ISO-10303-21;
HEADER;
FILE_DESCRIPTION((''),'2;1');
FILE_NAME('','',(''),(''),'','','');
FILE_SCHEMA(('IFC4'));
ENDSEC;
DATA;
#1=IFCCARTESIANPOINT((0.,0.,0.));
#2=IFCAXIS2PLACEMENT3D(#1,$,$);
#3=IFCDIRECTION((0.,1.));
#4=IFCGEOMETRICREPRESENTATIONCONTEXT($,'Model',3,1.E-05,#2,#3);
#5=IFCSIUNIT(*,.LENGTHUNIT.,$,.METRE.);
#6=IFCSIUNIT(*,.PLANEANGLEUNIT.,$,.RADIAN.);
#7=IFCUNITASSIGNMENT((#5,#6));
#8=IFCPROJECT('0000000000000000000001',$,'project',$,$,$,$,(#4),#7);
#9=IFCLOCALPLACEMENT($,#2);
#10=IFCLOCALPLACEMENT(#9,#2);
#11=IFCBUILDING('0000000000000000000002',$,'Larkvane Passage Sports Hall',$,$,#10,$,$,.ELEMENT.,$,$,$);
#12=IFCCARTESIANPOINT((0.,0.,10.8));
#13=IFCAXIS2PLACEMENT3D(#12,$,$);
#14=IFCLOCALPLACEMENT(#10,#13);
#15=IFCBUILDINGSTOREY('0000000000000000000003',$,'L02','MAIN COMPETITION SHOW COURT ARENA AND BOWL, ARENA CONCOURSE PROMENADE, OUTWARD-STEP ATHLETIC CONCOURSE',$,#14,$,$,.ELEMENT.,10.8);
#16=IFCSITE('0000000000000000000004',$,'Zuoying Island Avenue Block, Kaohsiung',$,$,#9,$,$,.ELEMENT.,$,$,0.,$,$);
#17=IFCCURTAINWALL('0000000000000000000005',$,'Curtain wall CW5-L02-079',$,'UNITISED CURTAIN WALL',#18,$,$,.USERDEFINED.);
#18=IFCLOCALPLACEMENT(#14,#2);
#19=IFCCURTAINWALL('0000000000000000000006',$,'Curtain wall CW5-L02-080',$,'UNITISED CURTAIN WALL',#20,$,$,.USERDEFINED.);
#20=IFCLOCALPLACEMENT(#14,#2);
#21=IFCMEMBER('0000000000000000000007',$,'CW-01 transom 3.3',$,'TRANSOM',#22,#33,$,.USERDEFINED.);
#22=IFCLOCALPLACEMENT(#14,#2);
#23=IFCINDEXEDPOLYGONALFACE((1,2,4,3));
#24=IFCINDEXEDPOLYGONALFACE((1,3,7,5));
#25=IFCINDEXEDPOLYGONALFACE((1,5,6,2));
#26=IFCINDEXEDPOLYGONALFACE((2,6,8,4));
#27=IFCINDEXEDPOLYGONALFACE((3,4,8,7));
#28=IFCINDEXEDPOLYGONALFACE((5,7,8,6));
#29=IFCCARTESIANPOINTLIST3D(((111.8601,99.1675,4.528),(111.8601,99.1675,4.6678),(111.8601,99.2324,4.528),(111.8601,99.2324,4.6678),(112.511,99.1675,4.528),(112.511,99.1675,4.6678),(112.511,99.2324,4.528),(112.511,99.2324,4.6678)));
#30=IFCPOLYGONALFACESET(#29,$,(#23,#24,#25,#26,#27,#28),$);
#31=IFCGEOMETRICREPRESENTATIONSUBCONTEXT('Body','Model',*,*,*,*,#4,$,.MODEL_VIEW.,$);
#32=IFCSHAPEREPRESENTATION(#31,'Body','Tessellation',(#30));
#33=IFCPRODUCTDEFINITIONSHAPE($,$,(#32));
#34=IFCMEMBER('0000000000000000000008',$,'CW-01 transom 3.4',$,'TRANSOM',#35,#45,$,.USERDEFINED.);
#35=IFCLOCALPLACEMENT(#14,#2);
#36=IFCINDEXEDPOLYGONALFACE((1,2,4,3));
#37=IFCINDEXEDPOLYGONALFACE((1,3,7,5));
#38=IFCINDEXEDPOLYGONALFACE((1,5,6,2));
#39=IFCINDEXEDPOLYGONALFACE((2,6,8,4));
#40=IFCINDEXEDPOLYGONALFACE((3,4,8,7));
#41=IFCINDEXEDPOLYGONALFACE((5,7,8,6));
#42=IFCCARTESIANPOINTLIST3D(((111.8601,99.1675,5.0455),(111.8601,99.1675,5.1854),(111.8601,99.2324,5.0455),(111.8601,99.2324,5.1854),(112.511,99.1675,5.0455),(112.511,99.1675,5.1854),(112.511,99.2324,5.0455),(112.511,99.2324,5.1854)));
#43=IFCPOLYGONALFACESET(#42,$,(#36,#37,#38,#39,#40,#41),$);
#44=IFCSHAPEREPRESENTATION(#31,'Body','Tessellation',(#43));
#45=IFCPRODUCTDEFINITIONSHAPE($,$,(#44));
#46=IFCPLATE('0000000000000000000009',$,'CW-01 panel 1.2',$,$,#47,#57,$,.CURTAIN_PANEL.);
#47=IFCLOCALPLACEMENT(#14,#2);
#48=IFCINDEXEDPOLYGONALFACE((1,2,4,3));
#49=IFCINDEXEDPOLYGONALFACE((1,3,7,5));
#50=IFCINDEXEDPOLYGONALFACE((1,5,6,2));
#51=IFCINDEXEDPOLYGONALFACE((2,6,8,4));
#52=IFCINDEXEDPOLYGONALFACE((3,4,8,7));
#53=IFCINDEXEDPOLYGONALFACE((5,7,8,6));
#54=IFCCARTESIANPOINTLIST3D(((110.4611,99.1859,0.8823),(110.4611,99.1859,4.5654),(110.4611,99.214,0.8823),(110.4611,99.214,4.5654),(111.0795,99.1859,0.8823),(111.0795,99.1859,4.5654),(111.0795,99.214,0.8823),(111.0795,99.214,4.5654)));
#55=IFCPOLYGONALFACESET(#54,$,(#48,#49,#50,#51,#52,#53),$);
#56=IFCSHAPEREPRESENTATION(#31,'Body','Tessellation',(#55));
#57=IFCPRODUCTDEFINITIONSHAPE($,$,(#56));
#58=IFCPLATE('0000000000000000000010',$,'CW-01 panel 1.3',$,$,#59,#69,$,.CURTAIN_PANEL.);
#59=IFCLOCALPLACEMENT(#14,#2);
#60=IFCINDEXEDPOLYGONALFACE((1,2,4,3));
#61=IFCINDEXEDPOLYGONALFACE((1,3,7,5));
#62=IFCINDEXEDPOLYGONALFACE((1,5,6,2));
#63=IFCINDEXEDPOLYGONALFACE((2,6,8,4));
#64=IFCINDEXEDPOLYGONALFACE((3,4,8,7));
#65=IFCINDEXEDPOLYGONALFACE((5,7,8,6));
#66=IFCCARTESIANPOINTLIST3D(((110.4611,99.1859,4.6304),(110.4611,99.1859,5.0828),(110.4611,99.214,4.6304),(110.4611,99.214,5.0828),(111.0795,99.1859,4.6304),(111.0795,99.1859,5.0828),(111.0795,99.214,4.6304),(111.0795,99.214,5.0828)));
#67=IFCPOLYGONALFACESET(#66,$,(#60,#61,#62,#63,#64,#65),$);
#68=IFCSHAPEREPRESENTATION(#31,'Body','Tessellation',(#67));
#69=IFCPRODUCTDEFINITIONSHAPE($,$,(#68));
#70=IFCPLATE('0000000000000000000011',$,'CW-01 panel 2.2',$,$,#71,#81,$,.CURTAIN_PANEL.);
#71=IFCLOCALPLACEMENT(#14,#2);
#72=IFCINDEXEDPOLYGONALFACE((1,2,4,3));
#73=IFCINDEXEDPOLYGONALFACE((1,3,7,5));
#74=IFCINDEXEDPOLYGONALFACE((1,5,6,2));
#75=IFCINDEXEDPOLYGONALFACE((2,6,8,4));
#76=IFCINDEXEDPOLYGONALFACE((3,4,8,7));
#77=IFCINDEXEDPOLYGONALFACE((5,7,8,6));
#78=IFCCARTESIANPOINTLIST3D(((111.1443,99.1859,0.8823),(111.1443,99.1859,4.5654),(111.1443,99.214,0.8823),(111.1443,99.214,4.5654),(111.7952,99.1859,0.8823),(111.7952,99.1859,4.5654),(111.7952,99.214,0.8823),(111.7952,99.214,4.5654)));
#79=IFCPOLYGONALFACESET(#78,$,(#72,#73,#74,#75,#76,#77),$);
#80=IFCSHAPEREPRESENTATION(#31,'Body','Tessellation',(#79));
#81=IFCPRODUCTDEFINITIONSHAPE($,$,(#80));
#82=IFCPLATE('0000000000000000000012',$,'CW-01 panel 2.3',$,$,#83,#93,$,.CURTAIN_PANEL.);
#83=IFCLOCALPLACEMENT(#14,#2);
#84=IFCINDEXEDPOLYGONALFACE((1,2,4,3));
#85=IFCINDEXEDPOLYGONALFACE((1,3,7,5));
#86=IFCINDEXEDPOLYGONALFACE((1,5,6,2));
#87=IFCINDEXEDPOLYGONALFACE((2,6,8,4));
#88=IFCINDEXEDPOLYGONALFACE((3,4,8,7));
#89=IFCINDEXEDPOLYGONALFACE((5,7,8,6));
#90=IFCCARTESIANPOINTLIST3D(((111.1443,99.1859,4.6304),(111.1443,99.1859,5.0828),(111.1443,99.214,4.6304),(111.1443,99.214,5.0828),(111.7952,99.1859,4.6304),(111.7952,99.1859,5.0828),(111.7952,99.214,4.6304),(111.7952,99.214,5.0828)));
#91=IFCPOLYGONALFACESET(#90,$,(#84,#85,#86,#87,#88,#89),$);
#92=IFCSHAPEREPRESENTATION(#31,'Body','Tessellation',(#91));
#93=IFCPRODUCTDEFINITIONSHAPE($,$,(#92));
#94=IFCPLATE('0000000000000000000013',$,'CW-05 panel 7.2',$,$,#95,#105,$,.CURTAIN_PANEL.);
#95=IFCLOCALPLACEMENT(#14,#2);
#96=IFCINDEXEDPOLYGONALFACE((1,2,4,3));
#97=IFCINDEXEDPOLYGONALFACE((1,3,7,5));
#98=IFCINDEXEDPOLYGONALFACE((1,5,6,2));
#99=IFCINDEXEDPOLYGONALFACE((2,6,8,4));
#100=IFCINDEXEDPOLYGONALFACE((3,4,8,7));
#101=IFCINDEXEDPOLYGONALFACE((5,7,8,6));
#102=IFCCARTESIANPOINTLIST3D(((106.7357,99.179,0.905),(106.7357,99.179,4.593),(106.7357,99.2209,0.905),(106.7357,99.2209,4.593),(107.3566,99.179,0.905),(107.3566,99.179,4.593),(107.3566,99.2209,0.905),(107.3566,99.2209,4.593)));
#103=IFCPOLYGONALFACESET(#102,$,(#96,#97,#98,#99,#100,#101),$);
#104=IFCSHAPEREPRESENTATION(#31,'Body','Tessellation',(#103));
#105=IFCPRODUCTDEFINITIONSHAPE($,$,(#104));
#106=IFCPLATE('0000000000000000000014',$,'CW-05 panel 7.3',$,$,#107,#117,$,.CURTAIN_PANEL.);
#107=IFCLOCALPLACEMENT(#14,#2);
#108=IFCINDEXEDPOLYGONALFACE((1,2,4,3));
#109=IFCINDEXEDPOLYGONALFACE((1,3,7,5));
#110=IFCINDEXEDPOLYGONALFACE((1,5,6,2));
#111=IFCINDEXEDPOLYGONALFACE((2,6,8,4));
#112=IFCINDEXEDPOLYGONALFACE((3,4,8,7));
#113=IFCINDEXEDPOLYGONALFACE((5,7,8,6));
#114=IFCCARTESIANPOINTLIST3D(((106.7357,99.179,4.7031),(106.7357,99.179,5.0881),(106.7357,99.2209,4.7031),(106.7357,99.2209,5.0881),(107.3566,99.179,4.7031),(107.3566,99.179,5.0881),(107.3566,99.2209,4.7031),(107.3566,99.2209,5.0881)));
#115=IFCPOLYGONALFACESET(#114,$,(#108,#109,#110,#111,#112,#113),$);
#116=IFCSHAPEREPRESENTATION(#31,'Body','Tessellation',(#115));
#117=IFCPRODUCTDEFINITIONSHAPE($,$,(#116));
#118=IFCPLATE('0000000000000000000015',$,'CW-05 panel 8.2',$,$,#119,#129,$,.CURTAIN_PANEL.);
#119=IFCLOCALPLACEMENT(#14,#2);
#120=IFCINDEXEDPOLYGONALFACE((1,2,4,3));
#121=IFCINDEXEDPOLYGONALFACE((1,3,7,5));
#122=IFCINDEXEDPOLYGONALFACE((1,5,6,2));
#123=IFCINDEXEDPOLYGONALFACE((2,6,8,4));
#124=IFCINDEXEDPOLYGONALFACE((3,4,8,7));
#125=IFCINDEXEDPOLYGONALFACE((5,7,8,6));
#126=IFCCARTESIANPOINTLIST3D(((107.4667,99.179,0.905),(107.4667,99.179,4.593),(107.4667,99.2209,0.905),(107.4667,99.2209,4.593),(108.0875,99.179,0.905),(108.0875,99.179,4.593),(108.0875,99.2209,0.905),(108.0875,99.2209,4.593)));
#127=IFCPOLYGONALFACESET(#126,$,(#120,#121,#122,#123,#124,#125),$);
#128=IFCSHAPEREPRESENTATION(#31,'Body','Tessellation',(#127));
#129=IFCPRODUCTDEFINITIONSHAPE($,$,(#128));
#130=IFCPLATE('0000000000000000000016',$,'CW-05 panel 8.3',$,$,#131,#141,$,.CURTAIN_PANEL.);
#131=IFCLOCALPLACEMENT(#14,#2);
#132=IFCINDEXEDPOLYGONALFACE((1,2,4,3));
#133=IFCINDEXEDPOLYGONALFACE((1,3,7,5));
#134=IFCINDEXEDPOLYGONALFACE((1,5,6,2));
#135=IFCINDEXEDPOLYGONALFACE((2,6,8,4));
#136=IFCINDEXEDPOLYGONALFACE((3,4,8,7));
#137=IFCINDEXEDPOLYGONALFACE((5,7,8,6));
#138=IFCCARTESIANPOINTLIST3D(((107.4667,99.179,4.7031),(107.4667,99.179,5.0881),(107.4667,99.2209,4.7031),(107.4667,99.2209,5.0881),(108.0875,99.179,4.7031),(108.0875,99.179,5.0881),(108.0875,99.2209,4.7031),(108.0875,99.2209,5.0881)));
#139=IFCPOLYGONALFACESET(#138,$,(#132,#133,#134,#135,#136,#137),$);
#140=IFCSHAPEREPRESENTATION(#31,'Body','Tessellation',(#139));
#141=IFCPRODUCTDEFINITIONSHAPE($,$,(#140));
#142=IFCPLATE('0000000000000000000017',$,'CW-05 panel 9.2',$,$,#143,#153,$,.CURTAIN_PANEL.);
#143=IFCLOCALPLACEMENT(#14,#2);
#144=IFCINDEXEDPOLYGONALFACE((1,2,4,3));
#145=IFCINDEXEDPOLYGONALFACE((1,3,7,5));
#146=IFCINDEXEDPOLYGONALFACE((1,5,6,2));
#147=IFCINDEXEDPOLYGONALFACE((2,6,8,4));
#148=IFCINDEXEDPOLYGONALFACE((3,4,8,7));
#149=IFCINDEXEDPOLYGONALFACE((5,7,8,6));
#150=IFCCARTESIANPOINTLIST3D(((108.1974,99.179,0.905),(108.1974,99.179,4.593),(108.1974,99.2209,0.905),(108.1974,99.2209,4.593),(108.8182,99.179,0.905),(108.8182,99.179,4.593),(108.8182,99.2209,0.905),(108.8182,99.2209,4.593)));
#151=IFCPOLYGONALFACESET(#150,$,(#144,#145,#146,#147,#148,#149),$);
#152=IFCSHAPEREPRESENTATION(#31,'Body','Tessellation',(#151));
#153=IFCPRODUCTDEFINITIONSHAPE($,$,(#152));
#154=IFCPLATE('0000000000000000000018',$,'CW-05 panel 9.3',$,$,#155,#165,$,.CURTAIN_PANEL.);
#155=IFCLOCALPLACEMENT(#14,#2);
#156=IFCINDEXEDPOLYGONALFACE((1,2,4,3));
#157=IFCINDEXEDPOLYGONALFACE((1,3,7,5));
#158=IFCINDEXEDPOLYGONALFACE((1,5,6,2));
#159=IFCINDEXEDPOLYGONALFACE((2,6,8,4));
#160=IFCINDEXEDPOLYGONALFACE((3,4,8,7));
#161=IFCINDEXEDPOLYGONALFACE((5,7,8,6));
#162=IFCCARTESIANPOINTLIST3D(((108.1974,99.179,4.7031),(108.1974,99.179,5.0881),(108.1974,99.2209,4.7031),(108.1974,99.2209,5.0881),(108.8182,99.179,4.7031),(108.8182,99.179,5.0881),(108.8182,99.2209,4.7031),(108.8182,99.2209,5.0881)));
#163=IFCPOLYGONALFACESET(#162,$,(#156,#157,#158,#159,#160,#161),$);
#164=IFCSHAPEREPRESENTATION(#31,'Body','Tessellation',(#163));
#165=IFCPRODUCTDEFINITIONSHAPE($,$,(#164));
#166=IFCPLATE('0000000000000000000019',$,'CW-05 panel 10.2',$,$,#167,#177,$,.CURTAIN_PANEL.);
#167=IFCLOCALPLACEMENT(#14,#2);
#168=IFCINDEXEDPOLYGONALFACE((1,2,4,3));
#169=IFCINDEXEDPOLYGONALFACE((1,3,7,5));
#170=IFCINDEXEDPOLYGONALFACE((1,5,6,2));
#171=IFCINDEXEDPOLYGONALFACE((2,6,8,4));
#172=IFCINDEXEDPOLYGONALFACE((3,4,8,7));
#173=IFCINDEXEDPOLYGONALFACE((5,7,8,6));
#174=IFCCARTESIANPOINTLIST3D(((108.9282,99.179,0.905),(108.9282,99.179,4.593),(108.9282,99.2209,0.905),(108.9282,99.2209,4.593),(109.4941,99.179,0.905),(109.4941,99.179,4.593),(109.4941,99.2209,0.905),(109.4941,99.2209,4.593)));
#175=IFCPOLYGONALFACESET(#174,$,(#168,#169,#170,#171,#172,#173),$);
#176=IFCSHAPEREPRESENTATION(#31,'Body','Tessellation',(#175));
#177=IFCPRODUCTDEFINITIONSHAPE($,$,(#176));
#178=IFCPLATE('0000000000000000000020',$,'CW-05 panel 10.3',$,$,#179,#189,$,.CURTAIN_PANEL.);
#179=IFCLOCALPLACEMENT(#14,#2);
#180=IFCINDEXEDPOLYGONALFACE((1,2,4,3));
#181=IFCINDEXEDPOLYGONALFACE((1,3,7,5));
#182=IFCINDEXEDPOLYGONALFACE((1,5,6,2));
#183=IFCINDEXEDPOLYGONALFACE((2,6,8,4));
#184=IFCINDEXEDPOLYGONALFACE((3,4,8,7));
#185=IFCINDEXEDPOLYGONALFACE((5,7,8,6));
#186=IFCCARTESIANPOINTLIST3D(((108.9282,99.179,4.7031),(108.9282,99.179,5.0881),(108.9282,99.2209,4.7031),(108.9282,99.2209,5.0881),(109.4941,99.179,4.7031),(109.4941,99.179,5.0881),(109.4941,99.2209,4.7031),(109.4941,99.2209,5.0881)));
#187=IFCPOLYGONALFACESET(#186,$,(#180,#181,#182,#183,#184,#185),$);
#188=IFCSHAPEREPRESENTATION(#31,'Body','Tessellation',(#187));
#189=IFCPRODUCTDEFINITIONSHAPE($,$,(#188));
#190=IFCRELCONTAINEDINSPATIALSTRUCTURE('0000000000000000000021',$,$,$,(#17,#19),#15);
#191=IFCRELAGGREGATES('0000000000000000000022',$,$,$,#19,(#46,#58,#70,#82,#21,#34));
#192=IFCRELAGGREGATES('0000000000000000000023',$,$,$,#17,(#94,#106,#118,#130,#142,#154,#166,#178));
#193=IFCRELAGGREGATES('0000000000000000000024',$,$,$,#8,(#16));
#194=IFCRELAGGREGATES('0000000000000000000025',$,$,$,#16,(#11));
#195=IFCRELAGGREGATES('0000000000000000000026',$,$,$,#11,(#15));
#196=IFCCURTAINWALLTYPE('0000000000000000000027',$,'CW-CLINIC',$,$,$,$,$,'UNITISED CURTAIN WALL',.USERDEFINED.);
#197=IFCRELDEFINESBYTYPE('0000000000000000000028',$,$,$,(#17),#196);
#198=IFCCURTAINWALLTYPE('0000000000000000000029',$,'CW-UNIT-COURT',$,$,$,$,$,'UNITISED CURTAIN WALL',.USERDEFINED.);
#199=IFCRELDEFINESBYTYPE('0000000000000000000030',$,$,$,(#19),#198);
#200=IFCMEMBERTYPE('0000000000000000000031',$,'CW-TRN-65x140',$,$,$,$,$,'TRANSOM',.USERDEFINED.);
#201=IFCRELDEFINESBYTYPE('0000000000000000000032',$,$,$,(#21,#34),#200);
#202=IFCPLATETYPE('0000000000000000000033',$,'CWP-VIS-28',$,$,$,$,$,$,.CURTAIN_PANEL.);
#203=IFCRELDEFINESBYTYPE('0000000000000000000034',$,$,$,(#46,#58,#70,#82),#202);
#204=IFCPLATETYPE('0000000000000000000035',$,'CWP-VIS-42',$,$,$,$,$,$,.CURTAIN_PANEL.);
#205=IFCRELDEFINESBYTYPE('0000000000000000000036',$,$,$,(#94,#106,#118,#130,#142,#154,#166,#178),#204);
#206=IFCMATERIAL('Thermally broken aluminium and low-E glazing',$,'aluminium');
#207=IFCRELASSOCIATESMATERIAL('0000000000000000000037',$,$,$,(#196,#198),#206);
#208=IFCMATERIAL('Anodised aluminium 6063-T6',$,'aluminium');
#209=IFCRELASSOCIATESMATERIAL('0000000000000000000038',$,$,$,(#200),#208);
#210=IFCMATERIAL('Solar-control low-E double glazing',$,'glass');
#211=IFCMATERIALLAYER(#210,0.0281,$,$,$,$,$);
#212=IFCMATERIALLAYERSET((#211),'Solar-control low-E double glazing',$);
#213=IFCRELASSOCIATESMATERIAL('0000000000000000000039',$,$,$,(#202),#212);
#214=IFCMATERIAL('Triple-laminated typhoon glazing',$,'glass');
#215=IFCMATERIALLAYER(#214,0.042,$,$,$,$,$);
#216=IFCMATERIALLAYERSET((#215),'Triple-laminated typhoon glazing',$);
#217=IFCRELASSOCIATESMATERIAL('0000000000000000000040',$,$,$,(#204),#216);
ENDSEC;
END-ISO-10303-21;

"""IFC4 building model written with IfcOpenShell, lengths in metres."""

from ifc_helpers import new_model, si_unit, direction, frame, origin, origin_2d, place, context, subcontext, project, spatial, rectangle, extrude, material, layer, layer_set, material_profile, profile_set, type_object, element, aggregate, save


model = new_model("IFC4")

# Units and contexts
model_context = context("Model", 3, precision=1e-05, world=origin(), true_north=direction((0.0, 1.0)))
body_context = subcontext(model_context, "Body", "Model", "MODEL_VIEW")
ifc_project = project(units=[si_unit("LENGTHUNIT", "METRE"), si_unit("PLANEANGLEUNIT", "RADIAN")], contexts=[model_context])

# Site, building, storey
site_placement = place(None, origin())
site = spatial("IfcSite", under=ifc_project, at=site_placement, Name="Zuoying Island Avenue Block, Kaohsiung", CompositionType="ELEMENT", RefElevation=0.0)
building_placement = place(site_placement, origin())
building = spatial("IfcBuilding", under=site, at=building_placement, Name="Larkvane Passage Sports Hall", CompositionType="ELEMENT")
storey_placement = place(building_placement, frame((0.0, 0.0, 10.8)))
storey = spatial("IfcBuildingStorey", under=building, at=storey_placement, Name="L02", Description="MAIN COMPETITION SHOW COURT ARENA AND BOWL, ARENA CONCOURSE PROMENADE, OUTWARD-STEP ATHLETIC CONCOURSE", CompositionType="ELEMENT", Elevation=10.8)

# Curtain wall
ifc_material_1 = material(Name="Thermally broken aluminium and low-E glazing", Category="aluminium")
curtain_wall_type_1 = type_object("IfcCurtainWallType", Name="CW-CLINIC", ElementType="UNITISED CURTAIN WALL", PredefinedType="USERDEFINED", material=ifc_material_1)
curtain_wall_1_placement = place(storey_placement, origin())
curtain_wall_1 = element("IfcCurtainWall", 1, at=curtain_wall_1_placement, inside=storey, type_object=curtain_wall_type_1, Name="Curtain wall CW5-L02-079", ObjectType="UNITISED CURTAIN WALL", PredefinedType="USERDEFINED")
ifc_material_2 = material(Name="Anodised aluminium 6063-T6", Category="aluminium")

# Curtain wall, members, plates
curtain_wall_type_2 = type_object("IfcCurtainWallType", Name="CW-UNIT-COURT", ElementType="UNITISED CURTAIN WALL", PredefinedType="USERDEFINED", material=ifc_material_1)
curtain_wall_2_placement = place(storey_placement, origin())
curtain_wall_2 = element("IfcCurtainWall", 2, at=curtain_wall_2_placement, inside=storey, type_object=curtain_wall_type_2, Name="Curtain wall CW5-L02-080", ObjectType="UNITISED CURTAIN WALL", PredefinedType="USERDEFINED")
ifc_material_profile_1 = material_profile(ifc_material_2, rectangle(XDim=0.0649, YDim=0.1399, at=origin_2d()), Name="ALU-TRN-65x140")
ifc_profile_set_1 = profile_set([ifc_material_profile_1], Name="Anodised aluminium 6063-T6")
member_type_1 = type_object("IfcMemberType", Name="CW-TRN-65x140", ElementType="TRANSOM", PredefinedType="USERDEFINED", material=ifc_profile_set_1)
member_1_placement = place(storey_placement, frame((111.8601, 99.2, 4.5979), z_axis=(1.0, 0.0, 0.0), x_axis=(0.0, 1.0, 0.0)))
member_1 = element("IfcMember", 3, at=member_1_placement, type_object=member_type_1, Name="CW-01 transom 3.3", ObjectType="TRANSOM", PredefinedType="USERDEFINED", context=body_context, shape_type="SweptSolid", body=[
    extrude(rectangle(XDim=0.0649, YDim=0.1399, at=origin_2d()), origin(), (0.0, 0.0, 1.0), 0.6509),
])
member_2_placement = place(storey_placement, frame((111.8601, 99.2, 5.1155), z_axis=(1.0, 0.0, 0.0), x_axis=(0.0, 1.0, 0.0)))
member_2 = element("IfcMember", 4, at=member_2_placement, type_object=member_type_1, Name="CW-01 transom 3.4", ObjectType="TRANSOM", PredefinedType="USERDEFINED", context=body_context, shape_type="SweptSolid", body=[
    extrude(rectangle(XDim=0.0649, YDim=0.1399, at=origin_2d()), origin(), (0.0, 0.0, 1.0), 0.6509),
])
ifc_material_3 = material(Name="Solar-control low-E double glazing", Category="glass")
ifc_layer_1 = layer(ifc_material_3, 0.0281)
ifc_layer_set_1 = layer_set([ifc_layer_1], Name="Solar-control low-E double glazing")
plate_type_1 = type_object("IfcPlateType", Name="CWP-VIS-28", PredefinedType="CURTAIN_PANEL", material=ifc_layer_set_1)
plate_1_placement = place(storey_placement, frame((110.7703, 99.2, 0.8823), z_axis=(0.0, 0.0, 1.0), x_axis=(1.0, 0.0, 0.0)))
plate_1 = element("IfcPlate", 5, at=plate_1_placement, type_object=plate_type_1, Name="CW-01 panel 1.2", PredefinedType="CURTAIN_PANEL", context=body_context, shape_type="SweptSolid", body=[
    extrude(rectangle(XDim=0.6184, YDim=0.0281, at=origin_2d()), origin(), (0.0, 0.0, 1.0), 3.6831),
])
plate_2_placement = place(storey_placement, frame((110.7703, 99.2, 4.6304), z_axis=(0.0, 0.0, 1.0), x_axis=(1.0, 0.0, 0.0)))
plate_2 = element("IfcPlate", 6, at=plate_2_placement, type_object=plate_type_1, Name="CW-01 panel 1.3", PredefinedType="CURTAIN_PANEL", context=body_context, shape_type="SweptSolid", body=[
    extrude(rectangle(XDim=0.6184, YDim=0.0281, at=origin_2d()), origin(), (0.0, 0.0, 1.0), 0.4524),
])
plate_3_placement = place(storey_placement, frame((111.4697, 99.2, 0.8823), z_axis=(0.0, 0.0, 1.0), x_axis=(1.0, 0.0, 0.0)))
plate_3 = element("IfcPlate", 7, at=plate_3_placement, type_object=plate_type_1, Name="CW-01 panel 2.2", PredefinedType="CURTAIN_PANEL", context=body_context, shape_type="SweptSolid", body=[
    extrude(rectangle(XDim=0.6509, YDim=0.0281, at=origin_2d()), origin(), (0.0, 0.0, 1.0), 3.6831),
])
plate_4_placement = place(storey_placement, frame((111.4697, 99.2, 4.6304), z_axis=(0.0, 0.0, 1.0), x_axis=(1.0, 0.0, 0.0)))
plate_4 = element("IfcPlate", 8, at=plate_4_placement, type_object=plate_type_1, Name="CW-01 panel 2.3", PredefinedType="CURTAIN_PANEL", context=body_context, shape_type="SweptSolid", body=[
    extrude(rectangle(XDim=0.6509, YDim=0.0281, at=origin_2d()), origin(), (0.0, 0.0, 1.0), 0.4524),
])
aggregate(curtain_wall_2, [plate_1, plate_2, plate_3, plate_4, member_1, member_2])

# Plates
ifc_material_4 = material(Name="Triple-laminated typhoon glazing", Category="glass")
ifc_layer_2 = layer(ifc_material_4, 0.042)
ifc_layer_set_2 = layer_set([ifc_layer_2], Name="Triple-laminated typhoon glazing")
plate_type_2 = type_object("IfcPlateType", Name="CWP-VIS-42", PredefinedType="CURTAIN_PANEL", material=ifc_layer_set_2)
plate_5_placement = place(storey_placement, frame((107.0461, 99.2, 0.905), z_axis=(0.0, 0.0, 1.0), x_axis=(1.0, 0.0, 0.0)))
plate_5 = element("IfcPlate", 9, at=plate_5_placement, type_object=plate_type_2, Name="CW-05 panel 7.2", PredefinedType="CURTAIN_PANEL", context=body_context, shape_type="SweptSolid", body=[
    extrude(rectangle(XDim=0.6208, YDim=0.042, at=origin_2d()), origin(), (0.0, 0.0, 1.0), 3.688),
])
plate_6_placement = place(storey_placement, frame((107.0461, 99.2, 4.7031), z_axis=(0.0, 0.0, 1.0), x_axis=(1.0, 0.0, 0.0)))
plate_6 = element("IfcPlate", 10, at=plate_6_placement, type_object=plate_type_2, Name="CW-05 panel 7.3", PredefinedType="CURTAIN_PANEL", context=body_context, shape_type="SweptSolid", body=[
    extrude(rectangle(XDim=0.6208, YDim=0.042, at=origin_2d()), origin(), (0.0, 0.0, 1.0), 0.385),
])
plate_7_placement = place(storey_placement, frame((107.7771, 99.2, 0.905), z_axis=(0.0, 0.0, 1.0), x_axis=(1.0, 0.0, 0.0)))
plate_7 = element("IfcPlate", 11, at=plate_7_placement, type_object=plate_type_2, Name="CW-05 panel 8.2", PredefinedType="CURTAIN_PANEL", context=body_context, shape_type="SweptSolid", body=[
    extrude(rectangle(XDim=0.6208, YDim=0.042, at=origin_2d()), origin(), (0.0, 0.0, 1.0), 3.688),
])
plate_8_placement = place(storey_placement, frame((107.7771, 99.2, 4.7031), z_axis=(0.0, 0.0, 1.0), x_axis=(1.0, 0.0, 0.0)))
plate_8 = element("IfcPlate", 12, at=plate_8_placement, type_object=plate_type_2, Name="CW-05 panel 8.3", PredefinedType="CURTAIN_PANEL", context=body_context, shape_type="SweptSolid", body=[
    extrude(rectangle(XDim=0.6208, YDim=0.042, at=origin_2d()), origin(), (0.0, 0.0, 1.0), 0.385),
])
plate_9_placement = place(storey_placement, frame((108.5078, 99.2, 0.905), z_axis=(0.0, 0.0, 1.0), x_axis=(1.0, 0.0, 0.0)))
plate_9 = element("IfcPlate", 13, at=plate_9_placement, type_object=plate_type_2, Name="CW-05 panel 9.2", PredefinedType="CURTAIN_PANEL", context=body_context, shape_type="SweptSolid", body=[
    extrude(rectangle(XDim=0.6208, YDim=0.042, at=origin_2d()), origin(), (0.0, 0.0, 1.0), 3.688),
])
plate_10_placement = place(storey_placement, frame((108.5078, 99.2, 4.7031), z_axis=(0.0, 0.0, 1.0), x_axis=(1.0, 0.0, 0.0)))
plate_10 = element("IfcPlate", 14, at=plate_10_placement, type_object=plate_type_2, Name="CW-05 panel 9.3", PredefinedType="CURTAIN_PANEL", context=body_context, shape_type="SweptSolid", body=[
    extrude(rectangle(XDim=0.6208, YDim=0.042, at=origin_2d()), origin(), (0.0, 0.0, 1.0), 0.385),
])
plate_11_placement = place(storey_placement, frame((109.2112, 99.2, 0.905), z_axis=(0.0, 0.0, 1.0), x_axis=(1.0, 0.0, 0.0)))
plate_11 = element("IfcPlate", 15, at=plate_11_placement, type_object=plate_type_2, Name="CW-05 panel 10.2", PredefinedType="CURTAIN_PANEL", context=body_context, shape_type="SweptSolid", body=[
    extrude(rectangle(XDim=0.5659, YDim=0.042, at=origin_2d()), origin(), (0.0, 0.0, 1.0), 3.688),
])
plate_12_placement = place(storey_placement, frame((109.2112, 99.2, 4.7031), z_axis=(0.0, 0.0, 1.0), x_axis=(1.0, 0.0, 0.0)))
plate_12 = element("IfcPlate", 16, at=plate_12_placement, type_object=plate_type_2, Name="CW-05 panel 10.3", PredefinedType="CURTAIN_PANEL", context=body_context, shape_type="SweptSolid", body=[
    extrude(rectangle(XDim=0.5659, YDim=0.042, at=origin_2d()), origin(), (0.0, 0.0, 1.0), 0.385),
])
aggregate(curtain_wall_1, [plate_5, plate_6, plate_7, plate_8, plate_9, plate_10, plate_11, plate_12])

save(model, "model.ifc")
